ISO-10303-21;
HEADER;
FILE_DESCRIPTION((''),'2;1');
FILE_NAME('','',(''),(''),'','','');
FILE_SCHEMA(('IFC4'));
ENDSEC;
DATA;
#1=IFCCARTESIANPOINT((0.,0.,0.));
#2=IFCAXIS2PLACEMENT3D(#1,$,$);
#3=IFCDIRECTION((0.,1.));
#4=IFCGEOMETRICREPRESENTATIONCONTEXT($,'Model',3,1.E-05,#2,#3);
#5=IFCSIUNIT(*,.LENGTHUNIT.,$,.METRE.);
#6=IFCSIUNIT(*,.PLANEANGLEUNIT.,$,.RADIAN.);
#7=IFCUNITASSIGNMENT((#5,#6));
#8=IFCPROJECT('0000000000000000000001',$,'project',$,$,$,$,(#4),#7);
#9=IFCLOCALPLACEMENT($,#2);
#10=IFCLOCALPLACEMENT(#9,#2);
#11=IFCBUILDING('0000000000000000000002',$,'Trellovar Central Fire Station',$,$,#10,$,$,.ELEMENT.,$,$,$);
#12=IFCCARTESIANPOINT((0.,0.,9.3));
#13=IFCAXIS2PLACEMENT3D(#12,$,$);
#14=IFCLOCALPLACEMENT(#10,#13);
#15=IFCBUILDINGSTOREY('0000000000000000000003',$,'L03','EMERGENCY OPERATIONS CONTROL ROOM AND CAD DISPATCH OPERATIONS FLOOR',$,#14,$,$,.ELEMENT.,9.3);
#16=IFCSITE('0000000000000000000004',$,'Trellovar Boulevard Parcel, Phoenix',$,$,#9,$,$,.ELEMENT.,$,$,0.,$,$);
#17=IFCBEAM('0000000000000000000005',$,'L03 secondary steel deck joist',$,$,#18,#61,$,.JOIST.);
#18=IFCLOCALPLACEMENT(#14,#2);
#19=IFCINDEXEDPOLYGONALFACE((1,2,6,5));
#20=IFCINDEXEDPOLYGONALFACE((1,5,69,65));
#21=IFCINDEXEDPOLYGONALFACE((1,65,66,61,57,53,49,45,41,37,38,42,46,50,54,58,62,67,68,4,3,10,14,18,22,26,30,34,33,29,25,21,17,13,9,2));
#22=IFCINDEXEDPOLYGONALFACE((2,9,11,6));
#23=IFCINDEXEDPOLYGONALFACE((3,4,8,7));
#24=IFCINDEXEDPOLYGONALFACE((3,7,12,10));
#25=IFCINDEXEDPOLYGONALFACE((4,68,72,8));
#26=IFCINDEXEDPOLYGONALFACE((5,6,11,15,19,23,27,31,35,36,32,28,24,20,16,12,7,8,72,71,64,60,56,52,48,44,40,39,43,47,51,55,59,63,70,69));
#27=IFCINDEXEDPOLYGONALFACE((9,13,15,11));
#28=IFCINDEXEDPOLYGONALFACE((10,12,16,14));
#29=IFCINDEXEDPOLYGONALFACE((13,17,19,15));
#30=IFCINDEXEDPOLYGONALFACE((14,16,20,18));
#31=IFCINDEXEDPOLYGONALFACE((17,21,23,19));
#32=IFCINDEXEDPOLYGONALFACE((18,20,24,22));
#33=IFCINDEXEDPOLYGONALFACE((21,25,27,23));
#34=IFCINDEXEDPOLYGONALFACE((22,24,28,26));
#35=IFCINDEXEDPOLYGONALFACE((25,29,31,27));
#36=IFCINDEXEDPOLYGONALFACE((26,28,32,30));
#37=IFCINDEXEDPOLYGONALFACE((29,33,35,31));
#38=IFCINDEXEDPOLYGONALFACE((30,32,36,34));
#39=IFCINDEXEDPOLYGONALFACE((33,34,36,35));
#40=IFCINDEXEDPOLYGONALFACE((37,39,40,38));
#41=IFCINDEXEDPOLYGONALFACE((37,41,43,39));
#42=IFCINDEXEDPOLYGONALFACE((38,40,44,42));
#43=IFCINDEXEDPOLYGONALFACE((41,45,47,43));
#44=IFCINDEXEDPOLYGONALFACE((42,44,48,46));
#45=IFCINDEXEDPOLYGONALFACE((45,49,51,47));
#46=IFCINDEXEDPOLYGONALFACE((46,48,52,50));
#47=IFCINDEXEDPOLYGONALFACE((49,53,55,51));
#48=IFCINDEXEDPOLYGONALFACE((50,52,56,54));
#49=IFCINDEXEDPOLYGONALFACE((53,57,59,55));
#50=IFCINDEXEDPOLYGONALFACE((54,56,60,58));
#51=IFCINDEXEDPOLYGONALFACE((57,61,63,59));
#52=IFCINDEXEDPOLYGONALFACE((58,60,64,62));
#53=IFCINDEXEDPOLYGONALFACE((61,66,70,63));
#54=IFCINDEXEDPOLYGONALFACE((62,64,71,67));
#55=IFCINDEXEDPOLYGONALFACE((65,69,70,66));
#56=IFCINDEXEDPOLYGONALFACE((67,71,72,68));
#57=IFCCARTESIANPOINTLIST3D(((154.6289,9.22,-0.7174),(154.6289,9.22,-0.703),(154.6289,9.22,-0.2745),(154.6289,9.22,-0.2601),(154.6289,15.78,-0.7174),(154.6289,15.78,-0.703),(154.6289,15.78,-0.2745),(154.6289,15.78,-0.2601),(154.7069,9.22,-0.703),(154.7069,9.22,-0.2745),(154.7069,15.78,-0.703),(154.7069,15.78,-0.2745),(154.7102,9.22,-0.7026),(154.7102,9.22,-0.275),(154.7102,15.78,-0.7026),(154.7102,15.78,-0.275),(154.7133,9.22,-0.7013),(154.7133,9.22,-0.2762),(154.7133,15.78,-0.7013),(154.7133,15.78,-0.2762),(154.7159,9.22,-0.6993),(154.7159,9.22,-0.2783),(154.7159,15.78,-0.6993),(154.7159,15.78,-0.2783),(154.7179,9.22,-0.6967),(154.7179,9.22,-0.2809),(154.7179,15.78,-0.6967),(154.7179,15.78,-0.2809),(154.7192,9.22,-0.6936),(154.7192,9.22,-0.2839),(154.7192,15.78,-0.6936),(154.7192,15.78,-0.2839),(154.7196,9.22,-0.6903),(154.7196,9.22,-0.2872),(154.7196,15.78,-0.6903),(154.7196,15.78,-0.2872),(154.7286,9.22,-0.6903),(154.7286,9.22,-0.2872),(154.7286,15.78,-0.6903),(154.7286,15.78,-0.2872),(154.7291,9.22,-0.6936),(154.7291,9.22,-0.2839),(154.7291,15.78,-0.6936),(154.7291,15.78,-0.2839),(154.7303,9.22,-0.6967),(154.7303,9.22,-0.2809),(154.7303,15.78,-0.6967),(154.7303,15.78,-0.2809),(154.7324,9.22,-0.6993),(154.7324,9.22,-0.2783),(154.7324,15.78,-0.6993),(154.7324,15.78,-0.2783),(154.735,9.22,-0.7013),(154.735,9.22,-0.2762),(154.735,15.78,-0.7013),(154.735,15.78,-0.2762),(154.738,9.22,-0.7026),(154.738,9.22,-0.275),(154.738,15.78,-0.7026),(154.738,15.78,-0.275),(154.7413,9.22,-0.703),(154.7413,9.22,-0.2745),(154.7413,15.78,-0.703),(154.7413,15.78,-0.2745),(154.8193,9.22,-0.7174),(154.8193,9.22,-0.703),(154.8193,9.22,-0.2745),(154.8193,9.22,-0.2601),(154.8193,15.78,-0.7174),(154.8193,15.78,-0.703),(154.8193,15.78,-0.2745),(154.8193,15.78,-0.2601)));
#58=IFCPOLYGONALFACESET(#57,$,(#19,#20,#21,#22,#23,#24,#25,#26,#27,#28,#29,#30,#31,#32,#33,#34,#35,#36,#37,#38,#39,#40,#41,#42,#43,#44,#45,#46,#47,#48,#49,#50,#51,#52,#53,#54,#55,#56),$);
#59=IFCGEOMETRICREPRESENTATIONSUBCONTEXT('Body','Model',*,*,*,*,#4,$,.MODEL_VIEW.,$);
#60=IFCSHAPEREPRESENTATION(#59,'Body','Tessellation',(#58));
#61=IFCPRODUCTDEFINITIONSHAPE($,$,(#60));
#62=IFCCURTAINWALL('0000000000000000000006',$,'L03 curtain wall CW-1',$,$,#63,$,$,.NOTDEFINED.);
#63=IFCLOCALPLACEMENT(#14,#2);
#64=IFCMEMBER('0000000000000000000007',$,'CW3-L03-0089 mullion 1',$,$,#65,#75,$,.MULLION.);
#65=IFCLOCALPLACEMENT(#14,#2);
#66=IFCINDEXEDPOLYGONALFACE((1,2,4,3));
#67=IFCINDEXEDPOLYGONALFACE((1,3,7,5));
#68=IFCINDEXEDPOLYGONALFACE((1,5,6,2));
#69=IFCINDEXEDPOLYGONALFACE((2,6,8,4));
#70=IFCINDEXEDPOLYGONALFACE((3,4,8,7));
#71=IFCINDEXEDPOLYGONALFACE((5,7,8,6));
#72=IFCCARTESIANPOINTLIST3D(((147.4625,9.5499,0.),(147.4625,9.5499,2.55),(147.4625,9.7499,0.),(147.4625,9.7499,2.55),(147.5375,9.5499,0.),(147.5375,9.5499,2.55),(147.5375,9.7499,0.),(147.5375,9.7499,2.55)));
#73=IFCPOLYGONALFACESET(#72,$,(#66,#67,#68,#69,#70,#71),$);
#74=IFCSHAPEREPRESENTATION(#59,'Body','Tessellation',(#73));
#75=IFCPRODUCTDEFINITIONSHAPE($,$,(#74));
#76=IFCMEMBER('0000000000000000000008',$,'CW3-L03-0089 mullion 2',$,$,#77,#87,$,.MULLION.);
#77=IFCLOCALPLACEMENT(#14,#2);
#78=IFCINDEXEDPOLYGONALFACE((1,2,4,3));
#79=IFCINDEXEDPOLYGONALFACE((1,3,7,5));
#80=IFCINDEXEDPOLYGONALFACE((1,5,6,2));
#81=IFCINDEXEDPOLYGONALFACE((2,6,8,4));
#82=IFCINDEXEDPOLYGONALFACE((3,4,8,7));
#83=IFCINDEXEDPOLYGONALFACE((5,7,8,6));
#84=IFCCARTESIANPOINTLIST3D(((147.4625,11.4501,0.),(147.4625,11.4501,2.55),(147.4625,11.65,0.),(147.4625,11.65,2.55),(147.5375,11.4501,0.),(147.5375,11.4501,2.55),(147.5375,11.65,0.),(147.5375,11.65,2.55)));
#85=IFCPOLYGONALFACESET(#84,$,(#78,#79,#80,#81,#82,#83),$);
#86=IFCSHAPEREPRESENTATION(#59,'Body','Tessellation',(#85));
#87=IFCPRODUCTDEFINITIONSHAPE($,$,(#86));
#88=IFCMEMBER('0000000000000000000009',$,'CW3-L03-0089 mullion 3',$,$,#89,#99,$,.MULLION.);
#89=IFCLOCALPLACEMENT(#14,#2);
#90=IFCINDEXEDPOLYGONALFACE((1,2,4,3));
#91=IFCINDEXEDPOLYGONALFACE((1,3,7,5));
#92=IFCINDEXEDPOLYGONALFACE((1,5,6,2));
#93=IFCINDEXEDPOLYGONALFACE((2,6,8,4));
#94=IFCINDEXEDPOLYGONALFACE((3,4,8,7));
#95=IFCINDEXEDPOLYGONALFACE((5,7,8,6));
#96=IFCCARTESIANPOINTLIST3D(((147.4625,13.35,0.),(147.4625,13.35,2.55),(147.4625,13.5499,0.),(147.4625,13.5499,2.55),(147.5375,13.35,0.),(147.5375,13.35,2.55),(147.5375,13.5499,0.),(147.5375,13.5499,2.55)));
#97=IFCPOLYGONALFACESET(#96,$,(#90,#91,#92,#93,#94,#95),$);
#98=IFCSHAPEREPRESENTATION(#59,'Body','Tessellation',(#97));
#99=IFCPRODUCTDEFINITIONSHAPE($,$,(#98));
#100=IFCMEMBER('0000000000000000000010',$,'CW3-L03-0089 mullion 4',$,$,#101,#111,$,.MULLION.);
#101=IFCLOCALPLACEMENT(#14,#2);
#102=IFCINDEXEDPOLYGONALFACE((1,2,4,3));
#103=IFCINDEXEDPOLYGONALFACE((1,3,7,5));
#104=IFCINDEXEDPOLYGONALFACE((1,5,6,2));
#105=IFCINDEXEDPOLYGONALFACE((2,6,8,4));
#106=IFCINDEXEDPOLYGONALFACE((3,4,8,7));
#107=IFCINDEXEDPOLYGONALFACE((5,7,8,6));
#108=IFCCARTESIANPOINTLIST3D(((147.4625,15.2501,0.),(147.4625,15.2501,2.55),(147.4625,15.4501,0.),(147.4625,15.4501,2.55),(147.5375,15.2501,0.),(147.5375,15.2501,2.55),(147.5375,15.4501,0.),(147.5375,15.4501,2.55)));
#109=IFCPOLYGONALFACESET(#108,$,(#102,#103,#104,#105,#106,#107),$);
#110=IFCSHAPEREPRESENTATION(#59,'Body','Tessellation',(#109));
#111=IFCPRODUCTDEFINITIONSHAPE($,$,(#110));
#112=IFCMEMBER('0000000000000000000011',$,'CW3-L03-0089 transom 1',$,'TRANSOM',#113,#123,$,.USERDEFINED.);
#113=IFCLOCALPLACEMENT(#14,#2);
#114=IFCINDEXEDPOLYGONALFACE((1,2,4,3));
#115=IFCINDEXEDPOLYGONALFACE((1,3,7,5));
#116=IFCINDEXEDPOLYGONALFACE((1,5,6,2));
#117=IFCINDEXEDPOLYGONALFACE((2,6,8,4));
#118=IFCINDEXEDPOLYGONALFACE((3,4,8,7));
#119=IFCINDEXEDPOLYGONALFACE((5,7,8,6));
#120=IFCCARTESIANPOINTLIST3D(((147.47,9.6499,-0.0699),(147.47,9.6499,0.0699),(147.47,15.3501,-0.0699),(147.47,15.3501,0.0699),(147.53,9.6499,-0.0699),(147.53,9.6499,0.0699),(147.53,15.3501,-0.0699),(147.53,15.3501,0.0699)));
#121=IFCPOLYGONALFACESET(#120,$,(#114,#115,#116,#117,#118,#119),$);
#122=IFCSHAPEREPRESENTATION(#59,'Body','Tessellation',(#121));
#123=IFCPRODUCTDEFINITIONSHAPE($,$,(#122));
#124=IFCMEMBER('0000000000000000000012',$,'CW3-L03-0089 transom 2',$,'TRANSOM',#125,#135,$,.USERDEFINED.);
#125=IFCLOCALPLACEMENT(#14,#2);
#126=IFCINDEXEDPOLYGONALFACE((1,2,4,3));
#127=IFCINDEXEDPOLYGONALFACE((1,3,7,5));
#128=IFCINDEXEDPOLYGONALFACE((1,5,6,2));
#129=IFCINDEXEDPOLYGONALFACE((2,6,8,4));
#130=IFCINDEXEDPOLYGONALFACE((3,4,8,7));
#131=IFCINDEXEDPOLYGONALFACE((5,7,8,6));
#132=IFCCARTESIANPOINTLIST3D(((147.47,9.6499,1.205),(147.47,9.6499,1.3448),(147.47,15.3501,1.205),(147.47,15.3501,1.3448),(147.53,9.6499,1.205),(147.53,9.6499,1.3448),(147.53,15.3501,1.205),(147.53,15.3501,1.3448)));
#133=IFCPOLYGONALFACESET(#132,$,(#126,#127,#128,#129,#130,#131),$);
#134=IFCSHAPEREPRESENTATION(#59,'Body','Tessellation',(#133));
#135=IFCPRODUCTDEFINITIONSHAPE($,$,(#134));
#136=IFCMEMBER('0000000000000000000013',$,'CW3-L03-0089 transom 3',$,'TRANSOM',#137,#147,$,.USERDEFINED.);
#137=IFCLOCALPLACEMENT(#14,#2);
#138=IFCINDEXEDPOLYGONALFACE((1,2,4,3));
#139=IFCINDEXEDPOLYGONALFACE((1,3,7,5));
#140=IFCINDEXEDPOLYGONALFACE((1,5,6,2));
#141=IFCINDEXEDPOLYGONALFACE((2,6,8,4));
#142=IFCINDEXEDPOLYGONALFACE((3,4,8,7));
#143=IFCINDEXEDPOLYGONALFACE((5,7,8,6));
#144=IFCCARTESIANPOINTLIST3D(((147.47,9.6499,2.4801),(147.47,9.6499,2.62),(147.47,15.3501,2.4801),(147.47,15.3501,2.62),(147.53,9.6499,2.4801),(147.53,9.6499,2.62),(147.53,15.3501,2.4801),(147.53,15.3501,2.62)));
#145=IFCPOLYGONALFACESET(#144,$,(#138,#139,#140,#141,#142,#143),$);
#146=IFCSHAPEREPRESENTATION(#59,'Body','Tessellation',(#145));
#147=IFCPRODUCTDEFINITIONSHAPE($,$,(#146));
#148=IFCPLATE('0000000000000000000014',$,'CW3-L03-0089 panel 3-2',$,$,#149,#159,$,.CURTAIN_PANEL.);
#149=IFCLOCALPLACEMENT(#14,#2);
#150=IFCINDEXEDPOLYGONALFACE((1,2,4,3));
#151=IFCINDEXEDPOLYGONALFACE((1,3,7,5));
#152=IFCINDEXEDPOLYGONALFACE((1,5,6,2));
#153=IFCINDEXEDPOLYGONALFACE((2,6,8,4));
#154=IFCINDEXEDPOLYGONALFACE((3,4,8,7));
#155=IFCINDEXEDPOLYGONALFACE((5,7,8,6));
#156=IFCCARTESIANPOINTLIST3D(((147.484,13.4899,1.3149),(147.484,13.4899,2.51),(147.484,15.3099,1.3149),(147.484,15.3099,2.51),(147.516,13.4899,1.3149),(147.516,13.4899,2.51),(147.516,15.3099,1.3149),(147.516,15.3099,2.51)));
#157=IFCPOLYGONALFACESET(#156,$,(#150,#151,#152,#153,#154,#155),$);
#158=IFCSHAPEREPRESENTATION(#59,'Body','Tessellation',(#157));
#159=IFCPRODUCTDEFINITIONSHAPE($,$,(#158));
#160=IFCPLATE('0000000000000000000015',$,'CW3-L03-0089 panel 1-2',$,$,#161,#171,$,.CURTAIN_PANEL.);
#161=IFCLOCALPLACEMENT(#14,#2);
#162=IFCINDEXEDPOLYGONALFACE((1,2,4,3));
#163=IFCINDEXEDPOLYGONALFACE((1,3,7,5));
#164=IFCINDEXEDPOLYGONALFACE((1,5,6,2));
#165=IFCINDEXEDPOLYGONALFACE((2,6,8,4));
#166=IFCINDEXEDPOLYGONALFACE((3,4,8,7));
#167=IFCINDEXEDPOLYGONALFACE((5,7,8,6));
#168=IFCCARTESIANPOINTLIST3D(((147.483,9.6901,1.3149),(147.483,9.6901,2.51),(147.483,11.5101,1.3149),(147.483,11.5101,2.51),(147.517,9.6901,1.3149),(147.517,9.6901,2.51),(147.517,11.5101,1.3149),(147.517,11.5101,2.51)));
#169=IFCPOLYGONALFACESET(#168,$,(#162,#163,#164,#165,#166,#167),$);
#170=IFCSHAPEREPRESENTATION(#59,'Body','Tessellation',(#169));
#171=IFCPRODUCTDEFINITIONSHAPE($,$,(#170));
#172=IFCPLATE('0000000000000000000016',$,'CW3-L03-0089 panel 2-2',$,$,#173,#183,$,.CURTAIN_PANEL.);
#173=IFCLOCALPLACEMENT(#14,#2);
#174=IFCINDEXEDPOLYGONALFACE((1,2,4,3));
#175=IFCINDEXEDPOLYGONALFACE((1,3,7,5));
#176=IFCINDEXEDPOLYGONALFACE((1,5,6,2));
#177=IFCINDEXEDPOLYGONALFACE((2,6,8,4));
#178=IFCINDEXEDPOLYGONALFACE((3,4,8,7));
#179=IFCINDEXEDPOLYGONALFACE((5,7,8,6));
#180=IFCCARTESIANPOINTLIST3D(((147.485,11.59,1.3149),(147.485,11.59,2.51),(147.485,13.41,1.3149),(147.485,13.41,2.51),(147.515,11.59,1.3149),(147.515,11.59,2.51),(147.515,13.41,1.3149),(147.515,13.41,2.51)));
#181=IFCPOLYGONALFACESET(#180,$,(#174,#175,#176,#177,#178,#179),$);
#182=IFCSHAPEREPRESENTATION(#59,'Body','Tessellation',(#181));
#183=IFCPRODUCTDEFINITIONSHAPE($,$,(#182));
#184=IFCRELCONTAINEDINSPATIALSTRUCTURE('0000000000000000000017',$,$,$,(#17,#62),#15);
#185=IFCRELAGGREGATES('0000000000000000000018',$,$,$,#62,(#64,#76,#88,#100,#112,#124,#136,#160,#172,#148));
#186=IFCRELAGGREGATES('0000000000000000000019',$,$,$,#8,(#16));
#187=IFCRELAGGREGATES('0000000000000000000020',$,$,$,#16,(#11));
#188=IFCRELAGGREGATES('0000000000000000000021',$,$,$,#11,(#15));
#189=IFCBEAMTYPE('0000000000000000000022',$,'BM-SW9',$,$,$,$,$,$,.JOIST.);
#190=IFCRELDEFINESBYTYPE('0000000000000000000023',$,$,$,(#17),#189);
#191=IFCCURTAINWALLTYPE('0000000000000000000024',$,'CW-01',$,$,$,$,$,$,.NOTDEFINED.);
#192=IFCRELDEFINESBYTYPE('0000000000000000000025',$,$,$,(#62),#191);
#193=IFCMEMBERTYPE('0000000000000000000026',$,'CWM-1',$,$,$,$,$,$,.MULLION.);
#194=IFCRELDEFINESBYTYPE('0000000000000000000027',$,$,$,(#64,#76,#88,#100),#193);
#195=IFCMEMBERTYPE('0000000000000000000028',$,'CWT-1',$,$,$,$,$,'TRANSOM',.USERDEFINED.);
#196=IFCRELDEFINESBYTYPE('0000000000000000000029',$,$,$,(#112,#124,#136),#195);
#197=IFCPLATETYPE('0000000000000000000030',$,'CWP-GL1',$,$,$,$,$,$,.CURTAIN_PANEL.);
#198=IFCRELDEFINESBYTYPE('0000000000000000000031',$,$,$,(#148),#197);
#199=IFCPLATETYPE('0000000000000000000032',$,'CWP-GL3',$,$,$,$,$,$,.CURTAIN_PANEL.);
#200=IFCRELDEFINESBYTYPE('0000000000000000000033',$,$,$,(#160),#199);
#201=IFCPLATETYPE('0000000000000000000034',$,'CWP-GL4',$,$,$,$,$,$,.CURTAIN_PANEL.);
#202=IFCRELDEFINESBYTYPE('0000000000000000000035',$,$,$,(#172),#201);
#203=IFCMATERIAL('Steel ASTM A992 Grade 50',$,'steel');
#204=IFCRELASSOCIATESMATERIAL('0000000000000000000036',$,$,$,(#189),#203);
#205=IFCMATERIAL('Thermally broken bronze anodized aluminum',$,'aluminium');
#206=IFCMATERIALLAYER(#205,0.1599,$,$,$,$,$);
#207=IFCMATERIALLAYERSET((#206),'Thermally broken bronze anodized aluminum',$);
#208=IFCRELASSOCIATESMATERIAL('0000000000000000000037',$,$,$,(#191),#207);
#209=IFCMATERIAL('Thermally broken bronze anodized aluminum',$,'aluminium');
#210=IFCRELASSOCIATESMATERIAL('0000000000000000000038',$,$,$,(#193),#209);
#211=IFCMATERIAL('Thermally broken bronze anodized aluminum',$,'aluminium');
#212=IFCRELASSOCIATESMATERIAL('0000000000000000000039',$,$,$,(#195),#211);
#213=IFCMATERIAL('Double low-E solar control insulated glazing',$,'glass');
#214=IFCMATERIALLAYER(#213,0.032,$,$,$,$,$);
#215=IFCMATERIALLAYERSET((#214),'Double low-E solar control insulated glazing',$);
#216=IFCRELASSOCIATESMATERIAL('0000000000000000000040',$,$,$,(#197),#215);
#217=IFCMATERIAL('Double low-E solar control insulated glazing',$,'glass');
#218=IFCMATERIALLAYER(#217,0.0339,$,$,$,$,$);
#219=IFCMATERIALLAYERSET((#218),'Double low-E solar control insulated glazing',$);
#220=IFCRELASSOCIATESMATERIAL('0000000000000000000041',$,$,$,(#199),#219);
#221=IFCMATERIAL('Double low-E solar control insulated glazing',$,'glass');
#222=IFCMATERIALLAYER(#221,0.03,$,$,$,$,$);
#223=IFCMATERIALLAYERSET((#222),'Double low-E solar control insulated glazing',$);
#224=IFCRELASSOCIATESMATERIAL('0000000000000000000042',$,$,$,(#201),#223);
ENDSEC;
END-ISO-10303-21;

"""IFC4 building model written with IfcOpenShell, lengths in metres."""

from ifc_helpers import new_model, si_unit, direction, frame, origin, origin_2d, place, context, subcontext, project, spatial, rectangle, i_section, extrude, material, layer, layer_set, material_profile, profile_set, type_object, element, aggregate, save


model = new_model("IFC4")

# Units and contexts
model_context = context("Model", 3, precision=1e-05, world=origin(), true_north=direction((0.0, 1.0)))
body_context = subcontext(model_context, "Body", "Model", "MODEL_VIEW")
ifc_project = project(units=[si_unit("LENGTHUNIT", "METRE"), si_unit("PLANEANGLEUNIT", "RADIAN")], contexts=[model_context])

# Site, building, storey
site_placement = place(None, origin())
site = spatial("IfcSite", under=ifc_project, at=site_placement, Name="Trellovar Boulevard Parcel, Phoenix", CompositionType="ELEMENT", RefElevation=0.0)
building_placement = place(site_placement, origin())
building = spatial("IfcBuilding", under=site, at=building_placement, Name="Trellovar Central Fire Station", CompositionType="ELEMENT")
storey_placement = place(building_placement, frame((0.0, 0.0, 9.3)))
storey = spatial("IfcBuildingStorey", under=building, at=storey_placement, Name="L03", Description="EMERGENCY OPERATIONS CONTROL ROOM AND CAD DISPATCH OPERATIONS FLOOR", CompositionType="ELEMENT", Elevation=9.3)

# Beam
ifc_material_1 = material(Name="Steel ASTM A992 Grade 50", Category="steel")
ifc_material_profile_1 = material_profile(ifc_material_1, i_section(OverallWidth=0.1904, OverallDepth=0.4573, WebThickness=0.009, FlangeThickness=0.0144, FilletRadius=0.0127, at=origin_2d()), Name="W18X50")
ifc_profile_set_1 = profile_set([ifc_material_profile_1], Name="Steel ASTM A992 Grade 50")
beam_type_1 = type_object("IfcBeamType", Name="BM-SW9", PredefinedType="JOIST", material=ifc_profile_set_1)
beam_1_placement = place(storey_placement, frame((154.7241, 9.22, -0.4888), z_axis=(0.0, 1.0, 0.0), x_axis=(-1.0, 0.0, 0.0)))
element("IfcBeam", 1, at=beam_1_placement, inside=storey, type_object=beam_type_1, Name="L03 secondary steel deck joist", PredefinedType="JOIST", context=body_context, shape_type="SweptSolid", body=[
    extrude(i_section(OverallWidth=0.1904, OverallDepth=0.4573, WebThickness=0.009, FlangeThickness=0.0144, FilletRadius=0.0127, at=origin_2d()), origin(), (0.0, 0.0, 1.0), 6.5601),
])

# Curtain wall, members, plates
ifc_material_2 = material(Name="Thermally broken bronze anodized aluminum", Category="aluminium")
ifc_layer_1 = layer(ifc_material_2, 0.1599)
ifc_layer_set_1 = layer_set([ifc_layer_1], Name="Thermally broken bronze anodized aluminum")
curtain_wall_type = type_object("IfcCurtainWallType", Name="CW-01", PredefinedType="NOTDEFINED", material=ifc_layer_set_1)
curtain_wall_placement = place(storey_placement, origin())
curtain_wall = element("IfcCurtainWall", 2, at=curtain_wall_placement, inside=storey, type_object=curtain_wall_type, Name="L03 curtain wall CW-1", PredefinedType="NOTDEFINED")
ifc_material_3 = material(Name="Thermally broken bronze anodized aluminum", Category="aluminium")
ifc_material_profile_2 = material_profile(ifc_material_3, rectangle(XDim=0.075, YDim=0.2, at=origin_2d()), Name="ALU75X200")
ifc_profile_set_2 = profile_set([ifc_material_profile_2], Name="Thermally broken bronze anodized aluminum")
member_type_1 = type_object("IfcMemberType", Name="CWM-1", PredefinedType="MULLION", material=ifc_profile_set_2)
member_1_placement = place(storey_placement, frame((147.5, 9.6499, 0.0), z_axis=(0.0, 0.0, 1.0), x_axis=(1.0, 0.0, 0.0)))
member_1 = element("IfcMember", 3, at=member_1_placement, type_object=member_type_1, Name="CW3-L03-0089 mullion 1", PredefinedType="MULLION", context=body_context, shape_type="SweptSolid", body=[
    extrude(rectangle(XDim=0.075, YDim=0.2, at=origin_2d()), origin(), (0.0, 0.0, 1.0), 2.55),
])
member_2_placement = place(storey_placement, frame((147.5, 11.55, 0.0), z_axis=(0.0, 0.0, 1.0), x_axis=(1.0, 0.0, 0.0)))
member_2 = element("IfcMember", 4, at=member_2_placement, type_object=member_type_1, Name="CW3-L03-0089 mullion 2", PredefinedType="MULLION", context=body_context, shape_type="SweptSolid", body=[
    extrude(rectangle(XDim=0.075, YDim=0.2, at=origin_2d()), origin(), (0.0, 0.0, 1.0), 2.55),
])
member_3_placement = place(storey_placement, frame((147.5, 13.45, 0.0), z_axis=(0.0, 0.0, 1.0), x_axis=(1.0, 0.0, 0.0)))
member_3 = element("IfcMember", 5, at=member_3_placement, type_object=member_type_1, Name="CW3-L03-0089 mullion 3", PredefinedType="MULLION", context=body_context, shape_type="SweptSolid", body=[
    extrude(rectangle(XDim=0.075, YDim=0.2, at=origin_2d()), origin(), (0.0, 0.0, 1.0), 2.55),
])
member_4_placement = place(storey_placement, frame((147.5, 15.3501, 0.0), z_axis=(0.0, 0.0, 1.0), x_axis=(1.0, 0.0, 0.0)))
member_4 = element("IfcMember", 6, at=member_4_placement, type_object=member_type_1, Name="CW3-L03-0089 mullion 4", PredefinedType="MULLION", context=body_context, shape_type="SweptSolid", body=[
    extrude(rectangle(XDim=0.075, YDim=0.2, at=origin_2d()), origin(), (0.0, 0.0, 1.0), 2.55),
])
ifc_material_4 = material(Name="Thermally broken bronze anodized aluminum", Category="aluminium")
ifc_material_profile_3 = material_profile(ifc_material_4, rectangle(XDim=0.0601, YDim=0.1399, at=origin_2d()), Name="ALU60X140")
ifc_profile_set_3 = profile_set([ifc_material_profile_3], Name="Thermally broken bronze anodized aluminum")
member_type_2 = type_object("IfcMemberType", Name="CWT-1", ElementType="TRANSOM", PredefinedType="USERDEFINED", material=ifc_profile_set_3)
member_5_placement = place(storey_placement, frame((147.5, 9.6499, 0.0), z_axis=(0.0, 1.0, 0.0), x_axis=(-1.0, 0.0, 0.0)))
member_5 = element("IfcMember", 7, at=member_5_placement, type_object=member_type_2, Name="CW3-L03-0089 transom 1", ObjectType="TRANSOM", PredefinedType="USERDEFINED", context=body_context, shape_type="SweptSolid", body=[
    extrude(rectangle(XDim=0.0601, YDim=0.1399, at=origin_2d()), origin(), (0.0, 0.0, 1.0), 5.7002),
])
member_6_placement = place(storey_placement, frame((147.5, 9.6499, 1.2749), z_axis=(0.0, 1.0, 0.0), x_axis=(-1.0, 0.0, 0.0)))
member_6 = element("IfcMember", 8, at=member_6_placement, type_object=member_type_2, Name="CW3-L03-0089 transom 2", ObjectType="TRANSOM", PredefinedType="USERDEFINED", context=body_context, shape_type="SweptSolid", body=[
    extrude(rectangle(XDim=0.0601, YDim=0.1399, at=origin_2d()), origin(), (0.0, 0.0, 1.0), 5.7002),
])
member_7_placement = place(storey_placement, frame((147.5, 9.6499, 2.55), z_axis=(0.0, 1.0, 0.0), x_axis=(-1.0, 0.0, 0.0)))
member_7 = element("IfcMember", 9, at=member_7_placement, type_object=member_type_2, Name="CW3-L03-0089 transom 3", ObjectType="TRANSOM", PredefinedType="USERDEFINED", context=body_context, shape_type="SweptSolid", body=[
    extrude(rectangle(XDim=0.0601, YDim=0.1399, at=origin_2d()), origin(), (0.0, 0.0, 1.0), 5.7002),
])
ifc_material_5 = material(Name="Double low-E solar control insulated glazing", Category="glass")
ifc_layer_2 = layer(ifc_material_5, 0.032)
ifc_layer_set_2 = layer_set([ifc_layer_2], Name="Double low-E solar control insulated glazing")
plate_type_1 = type_object("IfcPlateType", Name="CWP-GL1", PredefinedType="CURTAIN_PANEL", material=ifc_layer_set_2)
plate_1_placement = place(storey_placement, frame((147.5, 14.3999, 1.3149), z_axis=(0.0, 0.0, 1.0), x_axis=(0.0, 1.0, 0.0)))
plate_1 = element("IfcPlate", 10, at=plate_1_placement, type_object=plate_type_1, Name="CW3-L03-0089 panel 3-2", PredefinedType="CURTAIN_PANEL", context=body_context, shape_type="SweptSolid", body=[
    extrude(rectangle(XDim=1.8201, YDim=0.032, at=origin_2d()), origin(), (0.0, 0.0, 1.0), 1.1951),
])
ifc_material_6 = material(Name="Double low-E solar control insulated glazing", Category="glass")
ifc_layer_3 = layer(ifc_material_6, 0.0339)
ifc_layer_set_3 = layer_set([ifc_layer_3], Name="Double low-E solar control insulated glazing")
plate_type_2 = type_object("IfcPlateType", Name="CWP-GL3", PredefinedType="CURTAIN_PANEL", material=ifc_layer_set_3)
plate_2_placement = place(storey_placement, frame((147.5, 10.6001, 1.3149), z_axis=(0.0, 0.0, 1.0), x_axis=(0.0, 1.0, 0.0)))
plate_2 = element("IfcPlate", 11, at=plate_2_placement, type_object=plate_type_2, Name="CW3-L03-0089 panel 1-2", PredefinedType="CURTAIN_PANEL", context=body_context, shape_type="SweptSolid", body=[
    extrude(rectangle(XDim=1.8201, YDim=0.0339, at=origin_2d()), origin(), (0.0, 0.0, 1.0), 1.1951),
])
ifc_material_7 = material(Name="Double low-E solar control insulated glazing", Category="glass")
ifc_layer_4 = layer(ifc_material_7, 0.03)
ifc_layer_set_4 = layer_set([ifc_layer_4], Name="Double low-E solar control insulated glazing")
plate_type_3 = type_object("IfcPlateType", Name="CWP-GL4", PredefinedType="CURTAIN_PANEL", material=ifc_layer_set_4)
plate_3_placement = place(storey_placement, frame((147.5, 12.5, 1.3149), z_axis=(0.0, 0.0, 1.0), x_axis=(0.0, 1.0, 0.0)))
plate_3 = element("IfcPlate", 12, at=plate_3_placement, type_object=plate_type_3, Name="CW3-L03-0089 panel 2-2", PredefinedType="CURTAIN_PANEL", context=body_context, shape_type="SweptSolid", body=[
    extrude(rectangle(XDim=1.8201, YDim=0.03, at=origin_2d()), origin(), (0.0, 0.0, 1.0), 1.1951),
])
aggregate(curtain_wall, [member_1, member_2, member_3, member_4, member_5, member_6, member_7, plate_2, plate_3, plate_1])

save(model, "model.ifc")
